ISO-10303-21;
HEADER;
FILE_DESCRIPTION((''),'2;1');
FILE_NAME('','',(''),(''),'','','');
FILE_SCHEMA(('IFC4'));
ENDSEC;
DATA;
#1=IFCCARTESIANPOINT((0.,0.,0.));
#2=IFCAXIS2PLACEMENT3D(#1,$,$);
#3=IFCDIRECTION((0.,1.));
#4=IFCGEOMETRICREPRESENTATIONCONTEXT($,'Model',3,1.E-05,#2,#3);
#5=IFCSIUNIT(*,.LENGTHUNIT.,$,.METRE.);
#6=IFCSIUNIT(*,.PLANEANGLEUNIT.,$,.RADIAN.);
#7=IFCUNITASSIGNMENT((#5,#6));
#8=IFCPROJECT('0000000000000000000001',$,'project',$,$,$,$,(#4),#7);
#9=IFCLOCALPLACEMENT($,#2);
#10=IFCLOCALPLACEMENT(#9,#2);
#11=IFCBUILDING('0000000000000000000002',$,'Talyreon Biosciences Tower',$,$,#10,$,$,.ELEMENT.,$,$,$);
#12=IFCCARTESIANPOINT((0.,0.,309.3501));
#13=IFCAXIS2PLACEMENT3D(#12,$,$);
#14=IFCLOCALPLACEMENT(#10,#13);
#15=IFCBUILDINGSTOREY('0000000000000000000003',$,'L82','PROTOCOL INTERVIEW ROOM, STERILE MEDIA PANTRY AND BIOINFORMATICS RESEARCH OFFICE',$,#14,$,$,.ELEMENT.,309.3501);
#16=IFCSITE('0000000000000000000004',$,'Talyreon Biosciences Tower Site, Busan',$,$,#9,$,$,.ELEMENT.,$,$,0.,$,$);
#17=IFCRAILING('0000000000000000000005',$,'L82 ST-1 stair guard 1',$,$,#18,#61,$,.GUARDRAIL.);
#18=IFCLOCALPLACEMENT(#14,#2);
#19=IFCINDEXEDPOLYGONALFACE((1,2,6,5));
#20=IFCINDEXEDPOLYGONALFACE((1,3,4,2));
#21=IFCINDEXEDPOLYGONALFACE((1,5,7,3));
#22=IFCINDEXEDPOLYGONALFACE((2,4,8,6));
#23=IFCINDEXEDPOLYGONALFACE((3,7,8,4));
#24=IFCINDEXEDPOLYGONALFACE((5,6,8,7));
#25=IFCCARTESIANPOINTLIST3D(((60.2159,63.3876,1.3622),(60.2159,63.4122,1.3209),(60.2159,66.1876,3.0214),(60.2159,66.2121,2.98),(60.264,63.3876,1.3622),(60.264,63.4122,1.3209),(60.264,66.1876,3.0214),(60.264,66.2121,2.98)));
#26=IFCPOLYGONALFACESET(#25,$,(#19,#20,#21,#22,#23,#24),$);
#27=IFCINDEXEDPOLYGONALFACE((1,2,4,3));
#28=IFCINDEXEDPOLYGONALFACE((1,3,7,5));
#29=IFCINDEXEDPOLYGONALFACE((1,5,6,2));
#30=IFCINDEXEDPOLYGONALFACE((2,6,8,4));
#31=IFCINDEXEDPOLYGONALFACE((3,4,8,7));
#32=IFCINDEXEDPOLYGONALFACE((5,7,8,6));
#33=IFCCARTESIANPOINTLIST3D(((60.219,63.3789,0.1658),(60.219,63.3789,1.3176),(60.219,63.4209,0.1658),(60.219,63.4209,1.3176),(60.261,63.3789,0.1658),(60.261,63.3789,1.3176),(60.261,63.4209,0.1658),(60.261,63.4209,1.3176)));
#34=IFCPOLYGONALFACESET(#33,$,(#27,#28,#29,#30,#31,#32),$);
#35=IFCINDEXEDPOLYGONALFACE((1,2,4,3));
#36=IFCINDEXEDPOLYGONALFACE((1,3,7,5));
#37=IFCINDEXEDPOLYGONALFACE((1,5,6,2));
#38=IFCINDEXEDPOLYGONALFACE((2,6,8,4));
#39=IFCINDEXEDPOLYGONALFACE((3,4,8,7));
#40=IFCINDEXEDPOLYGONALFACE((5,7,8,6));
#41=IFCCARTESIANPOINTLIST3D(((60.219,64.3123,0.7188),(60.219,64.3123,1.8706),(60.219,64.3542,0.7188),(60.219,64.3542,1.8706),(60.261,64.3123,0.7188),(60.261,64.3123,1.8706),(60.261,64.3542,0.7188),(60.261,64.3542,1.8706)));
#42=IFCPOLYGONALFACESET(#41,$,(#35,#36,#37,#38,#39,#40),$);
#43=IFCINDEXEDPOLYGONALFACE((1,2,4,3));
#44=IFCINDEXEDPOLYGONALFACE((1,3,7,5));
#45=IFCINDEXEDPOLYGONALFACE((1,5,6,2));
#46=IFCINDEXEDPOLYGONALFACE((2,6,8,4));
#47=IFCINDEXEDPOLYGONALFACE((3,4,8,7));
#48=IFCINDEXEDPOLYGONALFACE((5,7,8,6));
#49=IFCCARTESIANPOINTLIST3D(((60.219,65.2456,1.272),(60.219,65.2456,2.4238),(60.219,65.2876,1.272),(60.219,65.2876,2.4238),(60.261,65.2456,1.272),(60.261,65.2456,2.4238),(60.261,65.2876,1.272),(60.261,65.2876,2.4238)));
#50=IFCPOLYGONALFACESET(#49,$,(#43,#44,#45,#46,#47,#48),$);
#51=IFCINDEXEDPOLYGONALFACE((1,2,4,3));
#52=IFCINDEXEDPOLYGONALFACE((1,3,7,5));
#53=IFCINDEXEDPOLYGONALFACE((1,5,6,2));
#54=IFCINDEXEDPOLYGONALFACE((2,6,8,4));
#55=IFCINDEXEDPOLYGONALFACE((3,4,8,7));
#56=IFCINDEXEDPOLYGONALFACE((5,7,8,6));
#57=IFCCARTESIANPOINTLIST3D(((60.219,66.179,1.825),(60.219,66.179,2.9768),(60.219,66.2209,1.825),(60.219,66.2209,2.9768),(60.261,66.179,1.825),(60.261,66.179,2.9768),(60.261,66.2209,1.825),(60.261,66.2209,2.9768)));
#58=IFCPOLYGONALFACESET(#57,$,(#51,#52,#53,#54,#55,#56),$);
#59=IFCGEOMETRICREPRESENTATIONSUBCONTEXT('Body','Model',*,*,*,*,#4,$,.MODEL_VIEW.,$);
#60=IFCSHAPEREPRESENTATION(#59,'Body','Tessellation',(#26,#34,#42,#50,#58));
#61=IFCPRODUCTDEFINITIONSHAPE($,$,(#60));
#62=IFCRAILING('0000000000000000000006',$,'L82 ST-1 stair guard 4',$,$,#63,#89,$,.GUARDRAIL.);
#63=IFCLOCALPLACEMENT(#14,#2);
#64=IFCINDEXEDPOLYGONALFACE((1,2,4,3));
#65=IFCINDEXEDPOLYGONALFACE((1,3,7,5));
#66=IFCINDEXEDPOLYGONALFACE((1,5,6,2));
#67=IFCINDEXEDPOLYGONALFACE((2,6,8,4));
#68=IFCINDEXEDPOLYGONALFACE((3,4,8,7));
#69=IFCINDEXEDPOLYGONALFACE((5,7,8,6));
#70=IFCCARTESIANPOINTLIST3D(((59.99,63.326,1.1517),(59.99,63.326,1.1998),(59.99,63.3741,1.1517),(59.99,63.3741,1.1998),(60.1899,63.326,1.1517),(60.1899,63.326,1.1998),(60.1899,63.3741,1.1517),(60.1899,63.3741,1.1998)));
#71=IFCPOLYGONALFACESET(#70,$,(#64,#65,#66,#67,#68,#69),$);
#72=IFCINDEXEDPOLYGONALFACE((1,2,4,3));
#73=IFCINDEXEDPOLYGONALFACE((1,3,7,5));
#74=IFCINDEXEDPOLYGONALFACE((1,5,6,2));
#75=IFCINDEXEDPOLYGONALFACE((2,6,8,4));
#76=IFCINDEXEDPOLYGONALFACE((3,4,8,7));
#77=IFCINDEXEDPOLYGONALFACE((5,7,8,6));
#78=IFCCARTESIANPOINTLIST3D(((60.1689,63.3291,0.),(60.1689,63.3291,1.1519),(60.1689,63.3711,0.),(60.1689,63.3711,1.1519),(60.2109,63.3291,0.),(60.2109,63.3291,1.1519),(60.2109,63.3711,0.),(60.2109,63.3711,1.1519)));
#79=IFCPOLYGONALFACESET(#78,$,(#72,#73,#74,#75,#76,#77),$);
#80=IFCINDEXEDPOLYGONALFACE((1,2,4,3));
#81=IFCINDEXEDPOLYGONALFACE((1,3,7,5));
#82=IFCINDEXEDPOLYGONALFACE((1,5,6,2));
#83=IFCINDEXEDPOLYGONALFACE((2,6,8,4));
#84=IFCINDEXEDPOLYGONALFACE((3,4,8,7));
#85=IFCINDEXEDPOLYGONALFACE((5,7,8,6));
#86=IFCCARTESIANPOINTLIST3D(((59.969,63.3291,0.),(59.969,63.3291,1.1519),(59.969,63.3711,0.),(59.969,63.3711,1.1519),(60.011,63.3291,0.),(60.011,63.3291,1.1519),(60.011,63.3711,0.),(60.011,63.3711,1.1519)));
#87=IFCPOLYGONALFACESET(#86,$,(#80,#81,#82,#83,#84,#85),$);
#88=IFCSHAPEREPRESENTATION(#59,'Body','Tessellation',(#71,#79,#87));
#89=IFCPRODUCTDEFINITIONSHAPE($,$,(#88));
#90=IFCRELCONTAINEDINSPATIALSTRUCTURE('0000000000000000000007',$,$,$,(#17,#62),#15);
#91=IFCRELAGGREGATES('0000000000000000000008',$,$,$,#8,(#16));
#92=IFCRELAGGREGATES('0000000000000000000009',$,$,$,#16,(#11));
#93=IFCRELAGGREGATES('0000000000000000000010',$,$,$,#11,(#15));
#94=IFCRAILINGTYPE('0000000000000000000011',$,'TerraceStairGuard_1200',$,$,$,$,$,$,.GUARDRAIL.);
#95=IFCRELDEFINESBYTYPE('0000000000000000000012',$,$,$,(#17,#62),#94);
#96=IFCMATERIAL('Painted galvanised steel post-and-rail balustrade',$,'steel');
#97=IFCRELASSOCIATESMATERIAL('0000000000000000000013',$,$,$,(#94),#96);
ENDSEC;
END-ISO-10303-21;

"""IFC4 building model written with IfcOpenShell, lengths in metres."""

from ifc_helpers import new_model, si_unit, direction, frame, origin, origin_2d, place, context, subcontext, project, spatial, rectangle, extrude, material, type_object, element, save


model = new_model("IFC4")

# Units and contexts
model_context = context("Model", 3, precision=1e-05, world=origin(), true_north=direction((0.0, 1.0)))
body_context = subcontext(model_context, "Body", "Model", "MODEL_VIEW")
ifc_project = project(units=[si_unit("LENGTHUNIT", "METRE"), si_unit("PLANEANGLEUNIT", "RADIAN")], contexts=[model_context])

# Site, building, storey
site_placement = place(None, origin())
site = spatial("IfcSite", under=ifc_project, at=site_placement, Name="Talyreon Biosciences Tower Site, Busan", CompositionType="ELEMENT", RefElevation=0.0)
building_placement = place(site_placement, origin())
building = spatial("IfcBuilding", under=site, at=building_placement, Name="Talyreon Biosciences Tower", CompositionType="ELEMENT")
storey_placement = place(building_placement, frame((0.0, 0.0, 309.3501)))
storey = spatial("IfcBuildingStorey", under=building, at=storey_placement, Name="L82", Description="PROTOCOL INTERVIEW ROOM, STERILE MEDIA PANTRY AND BIOINFORMATICS RESEARCH OFFICE", CompositionType="ELEMENT", Elevation=309.3501)

# Railings
ifc_material_1 = material(Name="Painted galvanised steel post-and-rail balustrade", Category="steel")
railing_type_1 = type_object("IfcRailingType", Name="TerraceStairGuard_1200", PredefinedType="GUARDRAIL", material=ifc_material_1)
railing_1_placement = place(storey_placement, frame((60.24, 63.3999, 0.1658)))
element("IfcRailing", 1, at=railing_1_placement, inside=storey, type_object=railing_type_1, Name="L82 ST-1 stair guard 1", PredefinedType="GUARDRAIL", context=body_context, shape_type="SweptSolid", body=[
    extrude(rectangle(XDim=0.0481, YDim=0.0481, at=origin_2d()), frame((0.0, 0.0, 1.1758), z_axis=(0.0, 0.860306, 0.509778), x_axis=(-1.0, 0.0, 0.0)), (0.0, 0.0, 1.0), 3.2546),
    extrude(rectangle(XDim=0.042, YDim=0.042, at=origin_2d()), origin(), (0.0, 0.0, 1.0), 1.1519),
    extrude(rectangle(XDim=0.042, YDim=0.042, at=origin_2d()), frame((0.0, 0.9333, 0.553)), (0.0, 0.0, 1.0), 1.1519),
    extrude(rectangle(XDim=0.042, YDim=0.042, at=origin_2d()), frame((0.0, 1.8667, 1.1062)), (0.0, 0.0, 1.0), 1.1519),
    extrude(rectangle(XDim=0.042, YDim=0.042, at=origin_2d()), frame((0.0, 2.8, 1.6592)), (0.0, 0.0, 1.0), 1.1519),
])
railing_2_placement = place(storey_placement, frame((60.1899, 63.3501, 0.0)))
element("IfcRailing", 2, at=railing_2_placement, inside=storey, type_object=railing_type_1, Name="L82 ST-1 stair guard 4", PredefinedType="GUARDRAIL", context=body_context, shape_type="SweptSolid", body=[
    extrude(rectangle(XDim=0.0481, YDim=0.0481, at=origin_2d()), frame((0.0, 0.0, 1.1758), z_axis=(-1.0, 0.0, 0.0), x_axis=(0.0, -1.0, 0.0)), (0.0, 0.0, 1.0), 0.2),
    extrude(rectangle(XDim=0.042, YDim=0.042, at=origin_2d()), origin(), (0.0, 0.0, 1.0), 1.1519),
    extrude(rectangle(XDim=0.042, YDim=0.042, at=origin_2d()), frame((-0.2, 0.0, 0.0)), (0.0, 0.0, 1.0), 1.1519),
])

save(model, "model.ifc")
